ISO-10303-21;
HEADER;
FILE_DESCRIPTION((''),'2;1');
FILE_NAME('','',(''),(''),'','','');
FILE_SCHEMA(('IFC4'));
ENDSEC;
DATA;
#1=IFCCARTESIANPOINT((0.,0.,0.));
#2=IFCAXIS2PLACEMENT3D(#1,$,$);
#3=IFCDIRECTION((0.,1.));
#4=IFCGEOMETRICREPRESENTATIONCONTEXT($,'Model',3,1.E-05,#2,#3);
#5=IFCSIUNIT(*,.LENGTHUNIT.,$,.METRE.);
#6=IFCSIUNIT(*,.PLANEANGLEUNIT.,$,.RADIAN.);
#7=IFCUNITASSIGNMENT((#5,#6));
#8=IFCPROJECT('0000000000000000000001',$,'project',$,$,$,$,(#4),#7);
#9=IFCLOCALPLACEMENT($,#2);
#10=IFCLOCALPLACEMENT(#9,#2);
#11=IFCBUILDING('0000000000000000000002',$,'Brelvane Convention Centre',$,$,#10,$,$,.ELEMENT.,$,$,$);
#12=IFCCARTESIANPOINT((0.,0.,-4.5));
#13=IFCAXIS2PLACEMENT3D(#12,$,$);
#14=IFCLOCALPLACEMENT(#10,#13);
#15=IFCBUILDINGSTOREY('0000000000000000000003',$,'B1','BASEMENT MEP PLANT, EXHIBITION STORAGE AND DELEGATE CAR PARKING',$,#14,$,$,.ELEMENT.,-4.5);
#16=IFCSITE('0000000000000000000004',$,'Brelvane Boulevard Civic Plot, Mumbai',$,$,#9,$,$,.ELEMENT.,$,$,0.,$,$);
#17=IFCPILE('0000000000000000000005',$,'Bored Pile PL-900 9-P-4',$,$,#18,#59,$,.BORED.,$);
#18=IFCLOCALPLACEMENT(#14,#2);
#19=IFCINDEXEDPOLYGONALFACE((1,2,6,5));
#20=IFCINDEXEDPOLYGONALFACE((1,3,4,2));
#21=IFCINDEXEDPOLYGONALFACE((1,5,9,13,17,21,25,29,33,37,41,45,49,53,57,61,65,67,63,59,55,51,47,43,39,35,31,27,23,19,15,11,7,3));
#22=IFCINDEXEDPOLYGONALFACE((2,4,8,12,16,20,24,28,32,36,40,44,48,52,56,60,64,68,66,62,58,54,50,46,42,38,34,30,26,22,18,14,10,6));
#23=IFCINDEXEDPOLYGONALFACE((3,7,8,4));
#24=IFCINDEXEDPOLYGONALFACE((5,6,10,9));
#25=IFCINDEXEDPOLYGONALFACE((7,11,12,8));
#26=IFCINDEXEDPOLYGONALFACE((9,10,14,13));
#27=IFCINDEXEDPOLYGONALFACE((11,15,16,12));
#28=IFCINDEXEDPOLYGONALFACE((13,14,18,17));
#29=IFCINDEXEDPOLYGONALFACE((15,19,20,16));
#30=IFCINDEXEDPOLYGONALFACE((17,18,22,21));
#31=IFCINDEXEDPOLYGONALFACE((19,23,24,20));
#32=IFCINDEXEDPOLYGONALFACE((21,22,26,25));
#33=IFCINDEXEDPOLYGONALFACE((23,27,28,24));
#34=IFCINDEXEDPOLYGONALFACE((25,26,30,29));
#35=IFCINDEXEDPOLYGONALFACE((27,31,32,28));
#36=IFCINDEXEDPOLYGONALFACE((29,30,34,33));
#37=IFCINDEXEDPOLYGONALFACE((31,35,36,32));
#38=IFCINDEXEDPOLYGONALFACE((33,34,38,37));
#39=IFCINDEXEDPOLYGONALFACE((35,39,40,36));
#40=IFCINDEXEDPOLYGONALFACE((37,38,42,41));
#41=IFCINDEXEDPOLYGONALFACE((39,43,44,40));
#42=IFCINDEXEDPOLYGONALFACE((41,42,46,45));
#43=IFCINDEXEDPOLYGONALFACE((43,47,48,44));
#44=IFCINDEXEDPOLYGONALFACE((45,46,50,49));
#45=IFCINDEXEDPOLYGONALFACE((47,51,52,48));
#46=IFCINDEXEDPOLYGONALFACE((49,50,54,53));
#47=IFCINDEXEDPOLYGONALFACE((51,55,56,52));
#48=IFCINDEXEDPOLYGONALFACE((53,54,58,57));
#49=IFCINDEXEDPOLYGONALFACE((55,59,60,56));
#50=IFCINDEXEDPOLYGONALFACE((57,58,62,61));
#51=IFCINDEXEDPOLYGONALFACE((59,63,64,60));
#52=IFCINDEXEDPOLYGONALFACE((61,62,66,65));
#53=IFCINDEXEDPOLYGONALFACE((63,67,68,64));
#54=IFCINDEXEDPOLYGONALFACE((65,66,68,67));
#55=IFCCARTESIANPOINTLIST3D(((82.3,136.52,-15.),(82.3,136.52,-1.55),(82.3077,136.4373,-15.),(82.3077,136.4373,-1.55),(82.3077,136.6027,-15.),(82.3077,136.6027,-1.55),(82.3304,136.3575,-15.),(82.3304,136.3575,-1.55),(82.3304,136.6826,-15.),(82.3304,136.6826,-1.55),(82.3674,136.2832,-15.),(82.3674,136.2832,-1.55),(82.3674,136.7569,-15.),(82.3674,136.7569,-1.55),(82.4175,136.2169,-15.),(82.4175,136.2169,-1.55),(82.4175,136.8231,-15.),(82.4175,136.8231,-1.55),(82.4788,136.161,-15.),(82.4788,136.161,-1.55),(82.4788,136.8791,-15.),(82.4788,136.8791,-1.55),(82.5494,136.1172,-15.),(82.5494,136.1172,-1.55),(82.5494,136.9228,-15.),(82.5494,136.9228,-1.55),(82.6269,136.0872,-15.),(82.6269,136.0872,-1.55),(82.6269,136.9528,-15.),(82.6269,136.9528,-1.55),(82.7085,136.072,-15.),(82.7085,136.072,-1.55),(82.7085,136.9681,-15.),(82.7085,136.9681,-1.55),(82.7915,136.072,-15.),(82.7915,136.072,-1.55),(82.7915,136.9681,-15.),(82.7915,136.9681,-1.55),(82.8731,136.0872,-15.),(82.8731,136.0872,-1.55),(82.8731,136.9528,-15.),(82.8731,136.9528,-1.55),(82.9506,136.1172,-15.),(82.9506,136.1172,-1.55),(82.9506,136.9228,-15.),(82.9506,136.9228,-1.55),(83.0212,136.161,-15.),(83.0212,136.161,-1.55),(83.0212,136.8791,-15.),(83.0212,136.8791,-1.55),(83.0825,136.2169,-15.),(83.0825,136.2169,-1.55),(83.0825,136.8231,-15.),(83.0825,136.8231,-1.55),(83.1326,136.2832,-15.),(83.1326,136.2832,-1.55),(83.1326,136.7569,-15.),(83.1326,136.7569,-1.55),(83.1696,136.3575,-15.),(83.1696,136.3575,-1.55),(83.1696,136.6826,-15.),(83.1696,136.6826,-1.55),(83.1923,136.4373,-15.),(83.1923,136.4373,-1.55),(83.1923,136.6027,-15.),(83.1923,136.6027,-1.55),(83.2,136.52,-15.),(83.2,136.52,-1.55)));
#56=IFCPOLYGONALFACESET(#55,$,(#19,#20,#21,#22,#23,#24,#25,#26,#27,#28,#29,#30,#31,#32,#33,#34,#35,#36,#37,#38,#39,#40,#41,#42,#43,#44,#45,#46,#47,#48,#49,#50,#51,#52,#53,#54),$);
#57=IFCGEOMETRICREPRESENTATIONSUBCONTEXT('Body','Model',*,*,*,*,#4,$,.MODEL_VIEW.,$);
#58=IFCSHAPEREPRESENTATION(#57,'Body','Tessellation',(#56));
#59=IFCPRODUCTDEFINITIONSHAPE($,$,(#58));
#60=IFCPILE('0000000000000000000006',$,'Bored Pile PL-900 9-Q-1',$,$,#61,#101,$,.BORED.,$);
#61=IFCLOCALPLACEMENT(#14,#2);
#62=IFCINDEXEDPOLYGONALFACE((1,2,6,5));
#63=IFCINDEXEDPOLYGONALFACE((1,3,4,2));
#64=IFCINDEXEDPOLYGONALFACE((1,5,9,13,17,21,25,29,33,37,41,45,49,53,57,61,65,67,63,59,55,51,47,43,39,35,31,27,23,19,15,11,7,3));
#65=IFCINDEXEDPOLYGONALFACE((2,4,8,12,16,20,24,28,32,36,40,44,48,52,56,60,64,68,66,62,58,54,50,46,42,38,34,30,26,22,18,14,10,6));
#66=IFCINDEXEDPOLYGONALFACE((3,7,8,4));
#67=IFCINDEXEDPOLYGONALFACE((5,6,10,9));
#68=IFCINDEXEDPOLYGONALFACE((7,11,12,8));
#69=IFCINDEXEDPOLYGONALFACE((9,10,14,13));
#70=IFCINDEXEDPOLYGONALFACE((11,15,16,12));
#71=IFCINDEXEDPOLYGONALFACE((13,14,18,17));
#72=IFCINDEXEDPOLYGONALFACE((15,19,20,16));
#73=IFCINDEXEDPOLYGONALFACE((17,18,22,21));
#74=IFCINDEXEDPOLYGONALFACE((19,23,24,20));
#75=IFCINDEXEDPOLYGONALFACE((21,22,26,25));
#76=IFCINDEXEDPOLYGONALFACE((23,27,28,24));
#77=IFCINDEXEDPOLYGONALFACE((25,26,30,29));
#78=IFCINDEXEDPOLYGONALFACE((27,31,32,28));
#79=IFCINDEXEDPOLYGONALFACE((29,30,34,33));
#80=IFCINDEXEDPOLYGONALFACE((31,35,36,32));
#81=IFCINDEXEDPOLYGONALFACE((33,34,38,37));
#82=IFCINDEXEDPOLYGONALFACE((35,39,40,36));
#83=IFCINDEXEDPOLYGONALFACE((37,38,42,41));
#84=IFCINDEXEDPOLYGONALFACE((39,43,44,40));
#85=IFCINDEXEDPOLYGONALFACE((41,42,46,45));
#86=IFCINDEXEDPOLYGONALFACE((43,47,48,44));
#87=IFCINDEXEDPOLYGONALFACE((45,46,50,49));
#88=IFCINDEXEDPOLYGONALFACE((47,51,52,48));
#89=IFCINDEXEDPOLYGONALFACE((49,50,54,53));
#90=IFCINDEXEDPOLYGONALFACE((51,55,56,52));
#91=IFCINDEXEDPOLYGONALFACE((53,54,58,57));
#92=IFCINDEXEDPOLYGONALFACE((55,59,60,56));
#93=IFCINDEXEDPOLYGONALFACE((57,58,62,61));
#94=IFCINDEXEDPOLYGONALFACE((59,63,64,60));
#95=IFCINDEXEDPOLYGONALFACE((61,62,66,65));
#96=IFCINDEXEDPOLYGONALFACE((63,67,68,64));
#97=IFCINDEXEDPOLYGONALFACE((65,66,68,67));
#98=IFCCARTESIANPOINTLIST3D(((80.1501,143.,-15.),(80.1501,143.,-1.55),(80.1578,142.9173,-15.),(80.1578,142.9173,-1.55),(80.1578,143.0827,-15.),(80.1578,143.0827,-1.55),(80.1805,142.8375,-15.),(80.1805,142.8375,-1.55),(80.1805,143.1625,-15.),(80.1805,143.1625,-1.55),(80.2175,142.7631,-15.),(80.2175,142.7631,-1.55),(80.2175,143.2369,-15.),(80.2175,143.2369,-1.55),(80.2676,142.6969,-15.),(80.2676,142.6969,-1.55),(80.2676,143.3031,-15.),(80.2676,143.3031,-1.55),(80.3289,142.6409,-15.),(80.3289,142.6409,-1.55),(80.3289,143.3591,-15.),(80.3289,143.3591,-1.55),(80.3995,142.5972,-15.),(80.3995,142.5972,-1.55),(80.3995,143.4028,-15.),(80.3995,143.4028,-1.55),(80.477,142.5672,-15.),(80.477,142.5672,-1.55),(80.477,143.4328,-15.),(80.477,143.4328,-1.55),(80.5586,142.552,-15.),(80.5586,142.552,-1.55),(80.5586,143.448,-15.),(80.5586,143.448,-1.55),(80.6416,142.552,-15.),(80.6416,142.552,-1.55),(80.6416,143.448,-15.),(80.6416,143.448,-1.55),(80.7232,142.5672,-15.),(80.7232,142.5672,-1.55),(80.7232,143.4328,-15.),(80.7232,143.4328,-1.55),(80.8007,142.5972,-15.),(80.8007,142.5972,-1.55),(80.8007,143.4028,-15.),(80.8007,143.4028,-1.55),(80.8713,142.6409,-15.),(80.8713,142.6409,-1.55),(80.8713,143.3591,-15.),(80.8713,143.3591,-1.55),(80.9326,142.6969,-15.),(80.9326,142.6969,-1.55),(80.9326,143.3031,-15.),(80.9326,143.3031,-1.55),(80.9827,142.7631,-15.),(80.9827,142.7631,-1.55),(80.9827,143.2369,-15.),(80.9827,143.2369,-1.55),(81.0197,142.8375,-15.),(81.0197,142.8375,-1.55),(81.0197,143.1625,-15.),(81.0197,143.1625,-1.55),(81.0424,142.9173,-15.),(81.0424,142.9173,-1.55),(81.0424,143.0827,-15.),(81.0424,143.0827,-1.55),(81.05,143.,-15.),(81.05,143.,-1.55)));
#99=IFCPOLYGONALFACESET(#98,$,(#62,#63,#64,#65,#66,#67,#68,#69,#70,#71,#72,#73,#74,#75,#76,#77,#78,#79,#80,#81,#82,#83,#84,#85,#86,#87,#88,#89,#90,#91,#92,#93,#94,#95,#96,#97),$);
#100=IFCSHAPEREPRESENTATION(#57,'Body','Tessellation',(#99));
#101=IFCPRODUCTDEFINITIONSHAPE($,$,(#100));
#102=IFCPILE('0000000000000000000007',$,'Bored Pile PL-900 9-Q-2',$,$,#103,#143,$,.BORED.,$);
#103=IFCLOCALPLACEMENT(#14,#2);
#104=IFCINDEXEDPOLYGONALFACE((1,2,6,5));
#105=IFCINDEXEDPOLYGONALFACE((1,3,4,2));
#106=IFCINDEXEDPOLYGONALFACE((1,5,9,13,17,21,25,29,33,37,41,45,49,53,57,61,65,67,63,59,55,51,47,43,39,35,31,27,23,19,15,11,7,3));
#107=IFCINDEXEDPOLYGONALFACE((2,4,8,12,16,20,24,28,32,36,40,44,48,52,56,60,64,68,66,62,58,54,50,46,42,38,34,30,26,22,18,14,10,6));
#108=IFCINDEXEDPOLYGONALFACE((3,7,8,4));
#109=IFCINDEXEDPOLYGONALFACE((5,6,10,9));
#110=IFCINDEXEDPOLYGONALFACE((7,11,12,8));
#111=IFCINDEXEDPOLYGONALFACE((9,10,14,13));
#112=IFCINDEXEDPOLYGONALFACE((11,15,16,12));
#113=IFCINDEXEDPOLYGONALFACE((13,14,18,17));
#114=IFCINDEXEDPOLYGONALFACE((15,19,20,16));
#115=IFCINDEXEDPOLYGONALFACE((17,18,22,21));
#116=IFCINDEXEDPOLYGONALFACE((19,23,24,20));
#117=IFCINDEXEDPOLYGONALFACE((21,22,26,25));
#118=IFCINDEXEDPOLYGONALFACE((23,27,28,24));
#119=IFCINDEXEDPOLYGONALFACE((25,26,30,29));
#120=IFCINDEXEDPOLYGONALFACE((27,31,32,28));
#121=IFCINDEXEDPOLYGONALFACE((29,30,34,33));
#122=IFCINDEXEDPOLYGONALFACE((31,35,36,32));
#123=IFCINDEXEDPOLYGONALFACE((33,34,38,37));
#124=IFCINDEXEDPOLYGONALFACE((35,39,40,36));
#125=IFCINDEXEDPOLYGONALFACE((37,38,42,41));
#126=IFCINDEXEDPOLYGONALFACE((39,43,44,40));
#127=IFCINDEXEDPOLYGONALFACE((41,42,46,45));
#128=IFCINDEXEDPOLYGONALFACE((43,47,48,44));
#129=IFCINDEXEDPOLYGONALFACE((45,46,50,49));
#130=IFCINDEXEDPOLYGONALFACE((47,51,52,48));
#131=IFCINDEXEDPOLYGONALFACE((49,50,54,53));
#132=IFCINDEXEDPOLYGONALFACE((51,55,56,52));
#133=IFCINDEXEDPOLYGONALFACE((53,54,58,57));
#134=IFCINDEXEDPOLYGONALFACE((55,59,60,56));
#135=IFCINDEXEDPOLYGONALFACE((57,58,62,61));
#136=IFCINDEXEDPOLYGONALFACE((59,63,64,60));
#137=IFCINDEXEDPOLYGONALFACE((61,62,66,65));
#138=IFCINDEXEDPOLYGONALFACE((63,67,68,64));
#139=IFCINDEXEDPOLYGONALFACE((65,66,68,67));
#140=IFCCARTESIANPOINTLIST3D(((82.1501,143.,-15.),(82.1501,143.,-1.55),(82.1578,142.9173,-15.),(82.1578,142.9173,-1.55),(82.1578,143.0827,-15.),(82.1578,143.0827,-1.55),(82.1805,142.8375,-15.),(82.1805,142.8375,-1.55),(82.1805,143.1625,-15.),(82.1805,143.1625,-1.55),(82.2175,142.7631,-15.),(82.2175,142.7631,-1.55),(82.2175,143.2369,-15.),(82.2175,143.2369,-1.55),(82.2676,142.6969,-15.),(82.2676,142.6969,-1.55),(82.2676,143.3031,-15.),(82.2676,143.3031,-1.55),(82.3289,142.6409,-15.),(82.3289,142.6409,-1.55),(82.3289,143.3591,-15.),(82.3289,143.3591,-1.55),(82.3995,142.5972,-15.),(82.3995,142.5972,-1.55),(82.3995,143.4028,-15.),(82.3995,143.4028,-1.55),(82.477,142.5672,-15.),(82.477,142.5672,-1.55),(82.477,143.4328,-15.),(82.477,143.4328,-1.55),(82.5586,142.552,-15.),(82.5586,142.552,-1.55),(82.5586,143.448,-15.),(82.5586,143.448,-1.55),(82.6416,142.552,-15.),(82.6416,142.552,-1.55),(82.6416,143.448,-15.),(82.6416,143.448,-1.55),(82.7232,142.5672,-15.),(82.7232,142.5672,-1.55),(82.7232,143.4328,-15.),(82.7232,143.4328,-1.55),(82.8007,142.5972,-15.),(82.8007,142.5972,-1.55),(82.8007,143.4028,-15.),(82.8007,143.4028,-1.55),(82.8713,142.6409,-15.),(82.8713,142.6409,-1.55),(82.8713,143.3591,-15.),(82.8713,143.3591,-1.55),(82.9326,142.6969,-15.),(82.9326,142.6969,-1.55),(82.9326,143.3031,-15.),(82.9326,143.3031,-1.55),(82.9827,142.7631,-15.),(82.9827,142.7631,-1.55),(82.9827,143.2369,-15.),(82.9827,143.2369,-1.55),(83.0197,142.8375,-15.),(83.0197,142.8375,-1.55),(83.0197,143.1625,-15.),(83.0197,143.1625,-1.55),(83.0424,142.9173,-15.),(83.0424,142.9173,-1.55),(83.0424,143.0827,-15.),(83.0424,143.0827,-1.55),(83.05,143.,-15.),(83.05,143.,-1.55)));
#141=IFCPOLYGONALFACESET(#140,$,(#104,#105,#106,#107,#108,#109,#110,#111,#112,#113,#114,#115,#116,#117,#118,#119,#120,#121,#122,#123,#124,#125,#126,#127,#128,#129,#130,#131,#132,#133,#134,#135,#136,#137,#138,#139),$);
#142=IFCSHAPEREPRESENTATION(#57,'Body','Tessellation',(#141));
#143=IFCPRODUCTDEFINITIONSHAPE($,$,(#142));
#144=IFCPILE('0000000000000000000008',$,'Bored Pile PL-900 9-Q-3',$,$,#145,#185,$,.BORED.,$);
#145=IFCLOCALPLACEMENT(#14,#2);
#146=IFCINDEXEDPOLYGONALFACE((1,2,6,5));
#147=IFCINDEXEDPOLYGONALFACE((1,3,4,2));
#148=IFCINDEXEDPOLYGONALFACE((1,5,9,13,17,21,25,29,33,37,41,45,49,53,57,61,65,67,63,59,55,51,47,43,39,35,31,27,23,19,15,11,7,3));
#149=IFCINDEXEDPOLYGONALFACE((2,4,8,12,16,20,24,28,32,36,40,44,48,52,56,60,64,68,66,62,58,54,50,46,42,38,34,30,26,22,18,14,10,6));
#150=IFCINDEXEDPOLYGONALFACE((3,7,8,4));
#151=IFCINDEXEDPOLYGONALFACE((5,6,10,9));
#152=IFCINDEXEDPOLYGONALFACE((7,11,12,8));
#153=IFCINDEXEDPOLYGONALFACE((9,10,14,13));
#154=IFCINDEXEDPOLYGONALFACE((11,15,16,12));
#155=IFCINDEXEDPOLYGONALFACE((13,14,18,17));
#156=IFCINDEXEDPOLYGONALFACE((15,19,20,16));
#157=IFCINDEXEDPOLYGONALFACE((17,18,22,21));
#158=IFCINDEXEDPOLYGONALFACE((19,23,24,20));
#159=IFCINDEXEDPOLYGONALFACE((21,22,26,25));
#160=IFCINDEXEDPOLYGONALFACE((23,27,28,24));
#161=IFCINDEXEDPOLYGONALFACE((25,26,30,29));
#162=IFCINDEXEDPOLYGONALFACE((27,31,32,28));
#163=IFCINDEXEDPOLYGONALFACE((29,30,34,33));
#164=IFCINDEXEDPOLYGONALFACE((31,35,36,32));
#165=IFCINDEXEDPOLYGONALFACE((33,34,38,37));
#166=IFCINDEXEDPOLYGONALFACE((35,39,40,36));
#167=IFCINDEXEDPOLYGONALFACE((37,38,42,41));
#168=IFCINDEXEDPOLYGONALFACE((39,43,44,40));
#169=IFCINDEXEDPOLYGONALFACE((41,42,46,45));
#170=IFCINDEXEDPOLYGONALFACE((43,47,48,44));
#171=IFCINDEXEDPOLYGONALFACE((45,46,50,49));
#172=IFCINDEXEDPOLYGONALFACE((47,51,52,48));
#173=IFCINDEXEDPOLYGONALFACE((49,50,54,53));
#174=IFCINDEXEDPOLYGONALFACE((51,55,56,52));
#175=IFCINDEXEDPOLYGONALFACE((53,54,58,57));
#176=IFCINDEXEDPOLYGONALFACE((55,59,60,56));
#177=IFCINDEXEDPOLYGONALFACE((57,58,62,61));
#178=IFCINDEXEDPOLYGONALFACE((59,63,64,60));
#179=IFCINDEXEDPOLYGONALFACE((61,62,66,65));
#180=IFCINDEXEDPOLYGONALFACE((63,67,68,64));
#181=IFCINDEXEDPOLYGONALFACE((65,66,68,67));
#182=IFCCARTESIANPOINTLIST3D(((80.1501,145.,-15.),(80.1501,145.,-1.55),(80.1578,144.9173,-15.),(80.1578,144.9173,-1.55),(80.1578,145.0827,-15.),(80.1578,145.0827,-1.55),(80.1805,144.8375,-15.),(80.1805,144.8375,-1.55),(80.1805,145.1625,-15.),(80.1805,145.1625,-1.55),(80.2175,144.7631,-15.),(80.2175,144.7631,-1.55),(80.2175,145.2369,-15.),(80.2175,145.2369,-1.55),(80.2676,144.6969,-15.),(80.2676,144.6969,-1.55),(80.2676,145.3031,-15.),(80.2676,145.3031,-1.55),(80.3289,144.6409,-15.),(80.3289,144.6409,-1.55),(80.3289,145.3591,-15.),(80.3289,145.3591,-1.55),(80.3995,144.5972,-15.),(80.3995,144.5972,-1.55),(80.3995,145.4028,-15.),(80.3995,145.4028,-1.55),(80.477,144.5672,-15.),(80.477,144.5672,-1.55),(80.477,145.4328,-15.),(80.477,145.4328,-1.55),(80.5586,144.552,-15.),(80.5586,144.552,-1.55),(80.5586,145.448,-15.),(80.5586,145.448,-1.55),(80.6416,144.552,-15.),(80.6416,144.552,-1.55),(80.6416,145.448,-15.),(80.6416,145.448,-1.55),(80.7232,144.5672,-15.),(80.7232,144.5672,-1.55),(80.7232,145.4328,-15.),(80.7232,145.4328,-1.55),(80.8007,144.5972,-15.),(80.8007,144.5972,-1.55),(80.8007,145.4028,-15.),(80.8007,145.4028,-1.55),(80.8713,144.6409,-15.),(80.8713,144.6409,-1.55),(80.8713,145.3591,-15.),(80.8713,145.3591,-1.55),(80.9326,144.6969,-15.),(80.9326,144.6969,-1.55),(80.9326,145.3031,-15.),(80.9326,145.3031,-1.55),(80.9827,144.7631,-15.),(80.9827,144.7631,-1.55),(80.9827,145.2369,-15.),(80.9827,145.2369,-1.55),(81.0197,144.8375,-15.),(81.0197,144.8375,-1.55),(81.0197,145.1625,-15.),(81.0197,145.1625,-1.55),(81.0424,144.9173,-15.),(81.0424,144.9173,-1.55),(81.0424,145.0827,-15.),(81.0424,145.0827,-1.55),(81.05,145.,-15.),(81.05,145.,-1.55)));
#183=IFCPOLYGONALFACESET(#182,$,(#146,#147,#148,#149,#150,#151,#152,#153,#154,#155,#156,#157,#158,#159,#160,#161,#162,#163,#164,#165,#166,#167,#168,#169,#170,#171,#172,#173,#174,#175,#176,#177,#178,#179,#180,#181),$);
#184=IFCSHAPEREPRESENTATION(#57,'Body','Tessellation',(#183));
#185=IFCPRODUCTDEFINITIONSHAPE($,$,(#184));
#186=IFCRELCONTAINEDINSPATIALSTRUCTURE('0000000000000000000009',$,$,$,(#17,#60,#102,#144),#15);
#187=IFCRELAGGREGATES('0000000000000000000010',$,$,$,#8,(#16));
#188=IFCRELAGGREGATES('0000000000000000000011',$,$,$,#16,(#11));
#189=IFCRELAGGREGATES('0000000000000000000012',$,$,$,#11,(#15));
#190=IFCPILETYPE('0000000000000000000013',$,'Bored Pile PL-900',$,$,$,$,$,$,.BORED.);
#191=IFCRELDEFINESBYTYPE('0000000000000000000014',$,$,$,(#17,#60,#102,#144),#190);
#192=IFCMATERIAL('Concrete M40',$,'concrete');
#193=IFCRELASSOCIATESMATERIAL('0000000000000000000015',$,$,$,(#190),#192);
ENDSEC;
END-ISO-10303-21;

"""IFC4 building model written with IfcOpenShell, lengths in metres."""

from ifc_helpers import new_model, si_unit, direction, frame, origin, origin_2d, place, context, subcontext, project, spatial, circle, extrude, material, material_profile, profile_set, type_object, element, save


model = new_model("IFC4")

# Units and contexts
model_context = context("Model", 3, precision=1e-05, world=origin(), true_north=direction((0.0, 1.0)))
body_context = subcontext(model_context, "Body", "Model", "MODEL_VIEW")
ifc_project = project(units=[si_unit("LENGTHUNIT", "METRE"), si_unit("PLANEANGLEUNIT", "RADIAN")], contexts=[model_context])

# Site, building, storey
site_placement = place(None, origin())
site = spatial("IfcSite", under=ifc_project, at=site_placement, Name="Brelvane Boulevard Civic Plot, Mumbai", CompositionType="ELEMENT", RefElevation=0.0)
building_placement = place(site_placement, origin())
building = spatial("IfcBuilding", under=site, at=building_placement, Name="Brelvane Convention Centre", CompositionType="ELEMENT")
storey_placement = place(building_placement, frame((0.0, 0.0, -4.5)))
storey = spatial("IfcBuildingStorey", under=building, at=storey_placement, Name="B1", Description="BASEMENT MEP PLANT, EXHIBITION STORAGE AND DELEGATE CAR PARKING", CompositionType="ELEMENT", Elevation=-4.5)

# Piles
ifc_material_1 = material(Name="Concrete M40", Category="concrete")
ifc_material_profile_1 = material_profile(ifc_material_1, circle(Radius=0.45, at=origin_2d()), Name="PILE D900")
ifc_profile_set_1 = profile_set([ifc_material_profile_1], Name="Concrete M40")
pile_type = type_object("IfcPileType", Name="Bored Pile PL-900", PredefinedType="BORED", material=ifc_profile_set_1)
for number, where, z_axis, x_axis, name in (
    (1, (82.75, 136.52, -1.55), (0.0, 0.0, -1.0), (1.0, 0.0, 0.0), "Bored Pile PL-900 9-P-4"),
    (2, (80.6001, 143.0, -1.55), (0.0, 0.0, -1.0), (1.0, 0.0, 0.0), "Bored Pile PL-900 9-Q-1"),
    (3, (82.6001, 143.0, -1.55), (0.0, 0.0, -1.0), (1.0, 0.0, 0.0), "Bored Pile PL-900 9-Q-2"),
    (4, (80.6001, 145.0, -1.55), (0.0, 0.0, -1.0), (1.0, 0.0, 0.0), "Bored Pile PL-900 9-Q-3"),
):
    element("IfcPile", number, at=place(storey_placement, frame(where, z_axis=z_axis, x_axis=x_axis)), inside=storey, type_object=pile_type, Name=name, PredefinedType="BORED", context=body_context, shape_type="SweptSolid", body=[
        extrude(circle(Radius=0.45, at=origin_2d()), origin(), (0.0, 0.0, 1.0), 13.45),
    ])

save(model, "model.ifc")
